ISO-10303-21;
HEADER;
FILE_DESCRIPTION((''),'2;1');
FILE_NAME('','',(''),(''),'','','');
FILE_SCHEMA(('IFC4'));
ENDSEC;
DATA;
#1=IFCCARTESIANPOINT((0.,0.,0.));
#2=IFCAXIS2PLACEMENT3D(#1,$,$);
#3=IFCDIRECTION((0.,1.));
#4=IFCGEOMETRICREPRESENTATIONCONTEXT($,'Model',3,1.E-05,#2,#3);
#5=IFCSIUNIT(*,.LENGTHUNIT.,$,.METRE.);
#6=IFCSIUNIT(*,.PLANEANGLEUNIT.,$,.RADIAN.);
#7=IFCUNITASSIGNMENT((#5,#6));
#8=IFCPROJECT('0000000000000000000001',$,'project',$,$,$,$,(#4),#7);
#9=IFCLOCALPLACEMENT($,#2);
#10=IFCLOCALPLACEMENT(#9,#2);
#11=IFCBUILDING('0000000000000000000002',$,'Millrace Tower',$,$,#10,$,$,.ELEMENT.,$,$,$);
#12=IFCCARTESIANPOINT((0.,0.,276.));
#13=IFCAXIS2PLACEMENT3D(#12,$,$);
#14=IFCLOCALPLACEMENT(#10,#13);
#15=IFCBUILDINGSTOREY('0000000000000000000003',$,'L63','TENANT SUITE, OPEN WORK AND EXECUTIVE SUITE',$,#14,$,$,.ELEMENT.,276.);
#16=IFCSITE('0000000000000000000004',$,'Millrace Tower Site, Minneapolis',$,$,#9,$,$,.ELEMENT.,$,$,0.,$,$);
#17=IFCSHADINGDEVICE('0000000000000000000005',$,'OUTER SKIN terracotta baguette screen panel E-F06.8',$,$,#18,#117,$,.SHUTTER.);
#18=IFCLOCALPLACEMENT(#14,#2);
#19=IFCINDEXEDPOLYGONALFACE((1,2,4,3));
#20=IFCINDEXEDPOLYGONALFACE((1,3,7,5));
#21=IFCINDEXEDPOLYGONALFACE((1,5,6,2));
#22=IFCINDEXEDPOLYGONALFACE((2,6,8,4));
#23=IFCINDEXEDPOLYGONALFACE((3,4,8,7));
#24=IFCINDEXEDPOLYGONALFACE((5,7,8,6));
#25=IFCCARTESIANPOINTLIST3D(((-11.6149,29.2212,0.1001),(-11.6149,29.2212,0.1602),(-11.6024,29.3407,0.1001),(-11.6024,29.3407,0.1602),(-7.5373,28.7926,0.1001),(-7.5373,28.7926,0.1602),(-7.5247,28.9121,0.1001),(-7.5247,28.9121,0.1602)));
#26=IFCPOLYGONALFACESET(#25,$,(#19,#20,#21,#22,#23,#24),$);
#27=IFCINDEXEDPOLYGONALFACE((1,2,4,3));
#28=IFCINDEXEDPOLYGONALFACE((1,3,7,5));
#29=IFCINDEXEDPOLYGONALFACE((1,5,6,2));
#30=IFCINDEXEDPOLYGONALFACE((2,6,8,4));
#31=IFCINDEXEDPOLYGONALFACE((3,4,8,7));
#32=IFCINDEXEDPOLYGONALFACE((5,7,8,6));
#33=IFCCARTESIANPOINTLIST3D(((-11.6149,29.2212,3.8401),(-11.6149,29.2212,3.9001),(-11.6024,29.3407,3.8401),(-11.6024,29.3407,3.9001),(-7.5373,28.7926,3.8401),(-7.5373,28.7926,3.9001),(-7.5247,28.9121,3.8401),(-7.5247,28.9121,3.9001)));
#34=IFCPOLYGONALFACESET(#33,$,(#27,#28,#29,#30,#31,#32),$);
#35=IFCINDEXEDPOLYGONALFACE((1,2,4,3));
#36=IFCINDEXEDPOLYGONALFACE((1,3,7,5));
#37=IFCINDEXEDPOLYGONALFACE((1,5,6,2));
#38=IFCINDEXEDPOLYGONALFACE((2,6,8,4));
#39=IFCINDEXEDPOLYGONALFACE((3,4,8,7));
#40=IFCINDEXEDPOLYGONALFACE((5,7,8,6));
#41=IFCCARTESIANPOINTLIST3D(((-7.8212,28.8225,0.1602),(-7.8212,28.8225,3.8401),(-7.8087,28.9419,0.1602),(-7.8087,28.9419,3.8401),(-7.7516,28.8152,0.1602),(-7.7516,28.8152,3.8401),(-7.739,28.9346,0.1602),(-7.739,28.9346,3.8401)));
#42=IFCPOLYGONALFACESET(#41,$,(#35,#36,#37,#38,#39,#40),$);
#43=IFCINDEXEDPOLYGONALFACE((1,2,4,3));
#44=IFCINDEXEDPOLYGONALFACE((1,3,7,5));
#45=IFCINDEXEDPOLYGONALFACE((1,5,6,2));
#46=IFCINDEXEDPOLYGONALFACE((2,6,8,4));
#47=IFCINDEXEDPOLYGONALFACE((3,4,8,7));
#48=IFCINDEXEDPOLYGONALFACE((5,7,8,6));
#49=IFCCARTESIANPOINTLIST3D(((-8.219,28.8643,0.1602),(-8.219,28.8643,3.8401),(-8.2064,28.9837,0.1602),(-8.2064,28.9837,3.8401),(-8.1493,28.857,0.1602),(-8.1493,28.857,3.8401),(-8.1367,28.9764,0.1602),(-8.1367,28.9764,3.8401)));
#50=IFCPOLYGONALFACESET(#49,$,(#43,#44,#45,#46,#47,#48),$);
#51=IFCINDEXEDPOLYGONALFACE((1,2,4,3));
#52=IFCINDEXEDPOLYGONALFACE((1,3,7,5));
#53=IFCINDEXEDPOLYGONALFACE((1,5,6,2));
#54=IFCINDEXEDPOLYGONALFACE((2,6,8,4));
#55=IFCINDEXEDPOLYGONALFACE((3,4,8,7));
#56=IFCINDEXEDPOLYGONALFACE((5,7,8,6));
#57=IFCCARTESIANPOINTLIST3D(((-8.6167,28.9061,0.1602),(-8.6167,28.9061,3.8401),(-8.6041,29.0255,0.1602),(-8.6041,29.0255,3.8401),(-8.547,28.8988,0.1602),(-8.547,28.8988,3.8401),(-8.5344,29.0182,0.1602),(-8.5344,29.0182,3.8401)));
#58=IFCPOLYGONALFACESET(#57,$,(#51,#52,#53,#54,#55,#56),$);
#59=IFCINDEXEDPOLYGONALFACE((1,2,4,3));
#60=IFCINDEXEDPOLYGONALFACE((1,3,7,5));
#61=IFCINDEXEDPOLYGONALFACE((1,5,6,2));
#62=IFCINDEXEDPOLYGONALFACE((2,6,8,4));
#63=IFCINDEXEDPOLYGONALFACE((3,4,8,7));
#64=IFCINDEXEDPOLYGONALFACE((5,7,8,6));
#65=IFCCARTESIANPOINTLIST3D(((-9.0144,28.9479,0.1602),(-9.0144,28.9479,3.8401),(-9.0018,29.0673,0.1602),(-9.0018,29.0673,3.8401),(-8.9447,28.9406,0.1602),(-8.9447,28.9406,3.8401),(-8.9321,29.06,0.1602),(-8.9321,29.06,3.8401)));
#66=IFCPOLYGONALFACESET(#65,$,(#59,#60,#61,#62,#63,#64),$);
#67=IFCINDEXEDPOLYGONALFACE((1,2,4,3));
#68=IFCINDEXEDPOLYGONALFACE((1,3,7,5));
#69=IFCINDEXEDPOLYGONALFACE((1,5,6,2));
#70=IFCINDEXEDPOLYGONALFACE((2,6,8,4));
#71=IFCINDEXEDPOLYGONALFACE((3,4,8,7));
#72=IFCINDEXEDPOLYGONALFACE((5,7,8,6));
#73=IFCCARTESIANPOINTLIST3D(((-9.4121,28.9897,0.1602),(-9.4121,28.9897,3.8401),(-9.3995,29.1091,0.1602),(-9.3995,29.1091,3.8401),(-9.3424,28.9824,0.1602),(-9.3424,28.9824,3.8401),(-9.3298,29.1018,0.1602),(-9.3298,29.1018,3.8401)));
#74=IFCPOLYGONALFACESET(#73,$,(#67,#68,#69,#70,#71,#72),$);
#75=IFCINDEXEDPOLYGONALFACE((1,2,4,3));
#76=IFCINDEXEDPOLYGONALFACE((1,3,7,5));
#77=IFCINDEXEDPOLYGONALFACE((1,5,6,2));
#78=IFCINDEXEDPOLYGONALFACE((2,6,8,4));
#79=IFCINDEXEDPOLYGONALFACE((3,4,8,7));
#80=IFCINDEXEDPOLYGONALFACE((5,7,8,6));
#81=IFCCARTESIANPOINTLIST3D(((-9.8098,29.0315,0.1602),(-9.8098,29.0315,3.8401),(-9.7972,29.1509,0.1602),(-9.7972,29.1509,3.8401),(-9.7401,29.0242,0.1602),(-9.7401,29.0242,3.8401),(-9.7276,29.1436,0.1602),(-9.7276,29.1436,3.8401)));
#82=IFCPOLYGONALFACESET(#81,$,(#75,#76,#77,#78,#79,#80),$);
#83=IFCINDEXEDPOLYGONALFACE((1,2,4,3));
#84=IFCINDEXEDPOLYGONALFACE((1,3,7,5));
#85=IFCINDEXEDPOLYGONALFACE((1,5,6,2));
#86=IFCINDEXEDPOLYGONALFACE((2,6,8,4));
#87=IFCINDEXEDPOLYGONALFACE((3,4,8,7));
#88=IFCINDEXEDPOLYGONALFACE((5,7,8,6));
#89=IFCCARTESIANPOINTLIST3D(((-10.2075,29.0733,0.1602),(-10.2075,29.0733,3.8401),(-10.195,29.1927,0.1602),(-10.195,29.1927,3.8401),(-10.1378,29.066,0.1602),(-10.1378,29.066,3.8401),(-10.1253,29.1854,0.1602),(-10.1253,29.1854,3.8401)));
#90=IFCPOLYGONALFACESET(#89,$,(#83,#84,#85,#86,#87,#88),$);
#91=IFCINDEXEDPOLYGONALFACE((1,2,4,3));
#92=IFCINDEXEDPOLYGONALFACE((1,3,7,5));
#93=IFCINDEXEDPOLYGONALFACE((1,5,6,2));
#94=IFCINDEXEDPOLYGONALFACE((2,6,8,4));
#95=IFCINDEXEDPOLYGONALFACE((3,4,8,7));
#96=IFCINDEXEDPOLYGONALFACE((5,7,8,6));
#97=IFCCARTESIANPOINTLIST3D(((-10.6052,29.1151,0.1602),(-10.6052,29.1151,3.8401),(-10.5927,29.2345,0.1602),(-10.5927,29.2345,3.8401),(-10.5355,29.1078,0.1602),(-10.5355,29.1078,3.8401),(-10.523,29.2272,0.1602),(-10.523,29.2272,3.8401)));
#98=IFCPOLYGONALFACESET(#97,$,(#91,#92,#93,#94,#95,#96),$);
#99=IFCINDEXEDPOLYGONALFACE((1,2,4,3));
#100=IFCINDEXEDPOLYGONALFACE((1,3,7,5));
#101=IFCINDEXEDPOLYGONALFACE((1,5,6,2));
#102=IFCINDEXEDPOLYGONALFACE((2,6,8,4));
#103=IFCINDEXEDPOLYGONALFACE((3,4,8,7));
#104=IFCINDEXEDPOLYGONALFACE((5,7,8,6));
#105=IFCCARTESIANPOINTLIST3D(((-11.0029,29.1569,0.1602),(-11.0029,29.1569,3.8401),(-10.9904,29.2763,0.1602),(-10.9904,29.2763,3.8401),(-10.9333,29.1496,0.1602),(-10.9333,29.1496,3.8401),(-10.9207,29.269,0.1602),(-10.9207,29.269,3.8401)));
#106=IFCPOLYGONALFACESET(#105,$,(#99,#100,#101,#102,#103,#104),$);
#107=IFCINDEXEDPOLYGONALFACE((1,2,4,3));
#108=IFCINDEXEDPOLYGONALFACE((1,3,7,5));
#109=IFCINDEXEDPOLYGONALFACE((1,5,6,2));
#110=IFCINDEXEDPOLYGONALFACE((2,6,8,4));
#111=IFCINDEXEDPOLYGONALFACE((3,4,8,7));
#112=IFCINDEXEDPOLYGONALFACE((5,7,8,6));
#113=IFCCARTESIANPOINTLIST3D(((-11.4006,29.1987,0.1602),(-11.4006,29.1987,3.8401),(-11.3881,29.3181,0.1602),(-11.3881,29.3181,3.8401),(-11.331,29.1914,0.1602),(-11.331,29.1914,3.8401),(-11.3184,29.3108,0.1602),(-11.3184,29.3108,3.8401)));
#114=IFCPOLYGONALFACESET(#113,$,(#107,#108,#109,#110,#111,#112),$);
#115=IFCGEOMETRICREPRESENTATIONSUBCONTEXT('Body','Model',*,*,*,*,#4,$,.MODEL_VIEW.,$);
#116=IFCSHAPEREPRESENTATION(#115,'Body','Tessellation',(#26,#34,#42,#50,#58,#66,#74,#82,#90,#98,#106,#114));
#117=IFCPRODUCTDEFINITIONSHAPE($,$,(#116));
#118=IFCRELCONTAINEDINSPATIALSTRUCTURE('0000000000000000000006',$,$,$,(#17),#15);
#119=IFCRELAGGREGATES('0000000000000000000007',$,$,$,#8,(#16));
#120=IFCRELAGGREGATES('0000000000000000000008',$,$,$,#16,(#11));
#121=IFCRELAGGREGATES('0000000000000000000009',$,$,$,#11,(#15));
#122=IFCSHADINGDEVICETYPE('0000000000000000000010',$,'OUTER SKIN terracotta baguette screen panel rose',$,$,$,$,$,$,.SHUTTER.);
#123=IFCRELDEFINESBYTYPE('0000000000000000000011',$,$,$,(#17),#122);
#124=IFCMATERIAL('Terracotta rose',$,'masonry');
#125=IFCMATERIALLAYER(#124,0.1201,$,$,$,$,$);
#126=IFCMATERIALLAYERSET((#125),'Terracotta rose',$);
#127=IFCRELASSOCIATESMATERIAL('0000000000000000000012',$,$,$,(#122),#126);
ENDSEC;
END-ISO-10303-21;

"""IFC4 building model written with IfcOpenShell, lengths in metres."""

from ifc_helpers import new_model, entity, si_unit, direction, frame, frame_2d, origin, place, context, subcontext, project, spatial, rectangle, extrude, source, transform, mapped, material, layer, layer_set, type_object, element, save


model = new_model("IFC4")

# Units and contexts
model_context = context("Model", 3, precision=1e-05, world=origin(), true_north=direction((0.0, 1.0)))
body_context = subcontext(model_context, "Body", "Model", "MODEL_VIEW")
ifc_project = project(units=[si_unit("LENGTHUNIT", "METRE"), si_unit("PLANEANGLEUNIT", "RADIAN")], contexts=[model_context])

# Site, building, storey
site_placement = place(None, origin())
site = spatial("IfcSite", under=ifc_project, at=site_placement, Name="Millrace Tower Site, Minneapolis", CompositionType="ELEMENT", RefElevation=0.0)
building_placement = place(site_placement, origin())
building = spatial("IfcBuilding", under=site, at=building_placement, Name="Millrace Tower", CompositionType="ELEMENT")
storey_placement = place(building_placement, frame((0.0, 0.0, 276.0)))
storey = spatial("IfcBuildingStorey", under=building, at=storey_placement, Name="L63", Description="TENANT SUITE, OPEN WORK AND EXECUTIVE SUITE", CompositionType="ELEMENT", Elevation=276.0)

# Shading device
ifc_material_1 = material(Name="Terracotta rose", Category="masonry")
ifc_layer_1 = layer(ifc_material_1, 0.1201)
ifc_layer_set_1 = layer_set([ifc_layer_1], Name="Terracotta rose")
shading_device_type = type_object("IfcShadingDeviceType", Name="OUTER SKIN terracotta baguette screen panel rose", PredefinedType="SHUTTER", material=ifc_layer_set_1)
cartesian_point_1 = entity("IfcCartesianPoint", [-2.05, 0.0601])
shared_polyline_1 = entity("IfcPolyline", [cartesian_point_1, entity("IfcCartesianPoint", [2.05, 0.0601]), entity("IfcCartesianPoint", [2.05, -0.0601]), entity("IfcCartesianPoint", [-2.05, -0.0601]), cartesian_point_1])
shared_shape_1 = source(origin(), body_context, "Body", "SweptSolid", [
    entity("IfcExtrudedAreaSolid", entity("IfcArbitraryClosedProfileDef", "AREA", None, shared_polyline_1), entity("IfcAxis2Placement3D", entity("IfcCartesianPoint", [0.0, 0.0, 0.0])), entity("IfcDirection", [0.0, 0.0, 1.0]), 0.0601),
    entity("IfcExtrudedAreaSolid", entity("IfcArbitraryClosedProfileDef", "AREA", None, shared_polyline_1), entity("IfcAxis2Placement3D", entity("IfcCartesianPoint", [0.0, 0.0, 3.74])), entity("IfcDirection", [0.0, 0.0, 1.0]), 0.0601),
    extrude(rectangle(XDim=0.0701, YDim=0.1201, at=frame_2d((-1.7996, 0.0))), frame((0.0, 0.0, 0.0601)), (0.0, 0.0, 1.0), 3.6799),
    extrude(rectangle(XDim=0.0701, YDim=0.1201, at=frame_2d((-1.3997, 0.0))), frame((0.0, 0.0, 0.0601)), (0.0, 0.0, 1.0), 3.6799),
    extrude(rectangle(XDim=0.0701, YDim=0.1201, at=frame_2d((-0.9998, 0.0))), frame((0.0, 0.0, 0.0601)), (0.0, 0.0, 1.0), 3.6799),
    extrude(rectangle(XDim=0.0701, YDim=0.1201, at=frame_2d((-0.5999, 0.0))), frame((0.0, 0.0, 0.0601)), (0.0, 0.0, 1.0), 3.6799),
    extrude(rectangle(XDim=0.0701, YDim=0.1201, at=frame_2d((-0.2, 0.0))), frame((0.0, 0.0, 0.0601)), (0.0, 0.0, 1.0), 3.6799),
    extrude(rectangle(XDim=0.0701, YDim=0.1201, at=frame_2d((0.2, 0.0))), frame((0.0, 0.0, 0.0601)), (0.0, 0.0, 1.0), 3.6799),
    extrude(rectangle(XDim=0.0701, YDim=0.1201, at=frame_2d((0.5999, 0.0))), frame((0.0, 0.0, 0.0601)), (0.0, 0.0, 1.0), 3.6799),
    extrude(rectangle(XDim=0.0701, YDim=0.1201, at=frame_2d((0.9998, 0.0))), frame((0.0, 0.0, 0.0601)), (0.0, 0.0, 1.0), 3.6799),
    extrude(rectangle(XDim=0.0701, YDim=0.1201, at=frame_2d((1.3997, 0.0))), frame((0.0, 0.0, 0.0601)), (0.0, 0.0, 1.0), 3.6799),
    extrude(rectangle(XDim=0.0701, YDim=0.1201, at=frame_2d((1.7996, 0.0))), frame((0.0, 0.0, 0.0601)), (0.0, 0.0, 1.0), 3.6799),
])
for number, where, z_axis, x_axis, name in (
    (1, (-9.5698, 29.0667, 0.1001), (0.0, 0.0, 1.0), (-0.994522, 0.104528, 0.0), "OUTER SKIN terracotta baguette screen panel E-F06.8"),
):
    element("IfcShadingDevice", number, at=place(storey_placement, frame(where, z_axis=z_axis, x_axis=x_axis)), inside=storey, type_object=shading_device_type, Name=name, PredefinedType="SHUTTER", context=body_context, shape_type="MappedRepresentation", body=[
        mapped(shared_shape_1, transform((0.0, 0.0, 0.0), scale=1.0)),
    ])

save(model, "model.ifc")
